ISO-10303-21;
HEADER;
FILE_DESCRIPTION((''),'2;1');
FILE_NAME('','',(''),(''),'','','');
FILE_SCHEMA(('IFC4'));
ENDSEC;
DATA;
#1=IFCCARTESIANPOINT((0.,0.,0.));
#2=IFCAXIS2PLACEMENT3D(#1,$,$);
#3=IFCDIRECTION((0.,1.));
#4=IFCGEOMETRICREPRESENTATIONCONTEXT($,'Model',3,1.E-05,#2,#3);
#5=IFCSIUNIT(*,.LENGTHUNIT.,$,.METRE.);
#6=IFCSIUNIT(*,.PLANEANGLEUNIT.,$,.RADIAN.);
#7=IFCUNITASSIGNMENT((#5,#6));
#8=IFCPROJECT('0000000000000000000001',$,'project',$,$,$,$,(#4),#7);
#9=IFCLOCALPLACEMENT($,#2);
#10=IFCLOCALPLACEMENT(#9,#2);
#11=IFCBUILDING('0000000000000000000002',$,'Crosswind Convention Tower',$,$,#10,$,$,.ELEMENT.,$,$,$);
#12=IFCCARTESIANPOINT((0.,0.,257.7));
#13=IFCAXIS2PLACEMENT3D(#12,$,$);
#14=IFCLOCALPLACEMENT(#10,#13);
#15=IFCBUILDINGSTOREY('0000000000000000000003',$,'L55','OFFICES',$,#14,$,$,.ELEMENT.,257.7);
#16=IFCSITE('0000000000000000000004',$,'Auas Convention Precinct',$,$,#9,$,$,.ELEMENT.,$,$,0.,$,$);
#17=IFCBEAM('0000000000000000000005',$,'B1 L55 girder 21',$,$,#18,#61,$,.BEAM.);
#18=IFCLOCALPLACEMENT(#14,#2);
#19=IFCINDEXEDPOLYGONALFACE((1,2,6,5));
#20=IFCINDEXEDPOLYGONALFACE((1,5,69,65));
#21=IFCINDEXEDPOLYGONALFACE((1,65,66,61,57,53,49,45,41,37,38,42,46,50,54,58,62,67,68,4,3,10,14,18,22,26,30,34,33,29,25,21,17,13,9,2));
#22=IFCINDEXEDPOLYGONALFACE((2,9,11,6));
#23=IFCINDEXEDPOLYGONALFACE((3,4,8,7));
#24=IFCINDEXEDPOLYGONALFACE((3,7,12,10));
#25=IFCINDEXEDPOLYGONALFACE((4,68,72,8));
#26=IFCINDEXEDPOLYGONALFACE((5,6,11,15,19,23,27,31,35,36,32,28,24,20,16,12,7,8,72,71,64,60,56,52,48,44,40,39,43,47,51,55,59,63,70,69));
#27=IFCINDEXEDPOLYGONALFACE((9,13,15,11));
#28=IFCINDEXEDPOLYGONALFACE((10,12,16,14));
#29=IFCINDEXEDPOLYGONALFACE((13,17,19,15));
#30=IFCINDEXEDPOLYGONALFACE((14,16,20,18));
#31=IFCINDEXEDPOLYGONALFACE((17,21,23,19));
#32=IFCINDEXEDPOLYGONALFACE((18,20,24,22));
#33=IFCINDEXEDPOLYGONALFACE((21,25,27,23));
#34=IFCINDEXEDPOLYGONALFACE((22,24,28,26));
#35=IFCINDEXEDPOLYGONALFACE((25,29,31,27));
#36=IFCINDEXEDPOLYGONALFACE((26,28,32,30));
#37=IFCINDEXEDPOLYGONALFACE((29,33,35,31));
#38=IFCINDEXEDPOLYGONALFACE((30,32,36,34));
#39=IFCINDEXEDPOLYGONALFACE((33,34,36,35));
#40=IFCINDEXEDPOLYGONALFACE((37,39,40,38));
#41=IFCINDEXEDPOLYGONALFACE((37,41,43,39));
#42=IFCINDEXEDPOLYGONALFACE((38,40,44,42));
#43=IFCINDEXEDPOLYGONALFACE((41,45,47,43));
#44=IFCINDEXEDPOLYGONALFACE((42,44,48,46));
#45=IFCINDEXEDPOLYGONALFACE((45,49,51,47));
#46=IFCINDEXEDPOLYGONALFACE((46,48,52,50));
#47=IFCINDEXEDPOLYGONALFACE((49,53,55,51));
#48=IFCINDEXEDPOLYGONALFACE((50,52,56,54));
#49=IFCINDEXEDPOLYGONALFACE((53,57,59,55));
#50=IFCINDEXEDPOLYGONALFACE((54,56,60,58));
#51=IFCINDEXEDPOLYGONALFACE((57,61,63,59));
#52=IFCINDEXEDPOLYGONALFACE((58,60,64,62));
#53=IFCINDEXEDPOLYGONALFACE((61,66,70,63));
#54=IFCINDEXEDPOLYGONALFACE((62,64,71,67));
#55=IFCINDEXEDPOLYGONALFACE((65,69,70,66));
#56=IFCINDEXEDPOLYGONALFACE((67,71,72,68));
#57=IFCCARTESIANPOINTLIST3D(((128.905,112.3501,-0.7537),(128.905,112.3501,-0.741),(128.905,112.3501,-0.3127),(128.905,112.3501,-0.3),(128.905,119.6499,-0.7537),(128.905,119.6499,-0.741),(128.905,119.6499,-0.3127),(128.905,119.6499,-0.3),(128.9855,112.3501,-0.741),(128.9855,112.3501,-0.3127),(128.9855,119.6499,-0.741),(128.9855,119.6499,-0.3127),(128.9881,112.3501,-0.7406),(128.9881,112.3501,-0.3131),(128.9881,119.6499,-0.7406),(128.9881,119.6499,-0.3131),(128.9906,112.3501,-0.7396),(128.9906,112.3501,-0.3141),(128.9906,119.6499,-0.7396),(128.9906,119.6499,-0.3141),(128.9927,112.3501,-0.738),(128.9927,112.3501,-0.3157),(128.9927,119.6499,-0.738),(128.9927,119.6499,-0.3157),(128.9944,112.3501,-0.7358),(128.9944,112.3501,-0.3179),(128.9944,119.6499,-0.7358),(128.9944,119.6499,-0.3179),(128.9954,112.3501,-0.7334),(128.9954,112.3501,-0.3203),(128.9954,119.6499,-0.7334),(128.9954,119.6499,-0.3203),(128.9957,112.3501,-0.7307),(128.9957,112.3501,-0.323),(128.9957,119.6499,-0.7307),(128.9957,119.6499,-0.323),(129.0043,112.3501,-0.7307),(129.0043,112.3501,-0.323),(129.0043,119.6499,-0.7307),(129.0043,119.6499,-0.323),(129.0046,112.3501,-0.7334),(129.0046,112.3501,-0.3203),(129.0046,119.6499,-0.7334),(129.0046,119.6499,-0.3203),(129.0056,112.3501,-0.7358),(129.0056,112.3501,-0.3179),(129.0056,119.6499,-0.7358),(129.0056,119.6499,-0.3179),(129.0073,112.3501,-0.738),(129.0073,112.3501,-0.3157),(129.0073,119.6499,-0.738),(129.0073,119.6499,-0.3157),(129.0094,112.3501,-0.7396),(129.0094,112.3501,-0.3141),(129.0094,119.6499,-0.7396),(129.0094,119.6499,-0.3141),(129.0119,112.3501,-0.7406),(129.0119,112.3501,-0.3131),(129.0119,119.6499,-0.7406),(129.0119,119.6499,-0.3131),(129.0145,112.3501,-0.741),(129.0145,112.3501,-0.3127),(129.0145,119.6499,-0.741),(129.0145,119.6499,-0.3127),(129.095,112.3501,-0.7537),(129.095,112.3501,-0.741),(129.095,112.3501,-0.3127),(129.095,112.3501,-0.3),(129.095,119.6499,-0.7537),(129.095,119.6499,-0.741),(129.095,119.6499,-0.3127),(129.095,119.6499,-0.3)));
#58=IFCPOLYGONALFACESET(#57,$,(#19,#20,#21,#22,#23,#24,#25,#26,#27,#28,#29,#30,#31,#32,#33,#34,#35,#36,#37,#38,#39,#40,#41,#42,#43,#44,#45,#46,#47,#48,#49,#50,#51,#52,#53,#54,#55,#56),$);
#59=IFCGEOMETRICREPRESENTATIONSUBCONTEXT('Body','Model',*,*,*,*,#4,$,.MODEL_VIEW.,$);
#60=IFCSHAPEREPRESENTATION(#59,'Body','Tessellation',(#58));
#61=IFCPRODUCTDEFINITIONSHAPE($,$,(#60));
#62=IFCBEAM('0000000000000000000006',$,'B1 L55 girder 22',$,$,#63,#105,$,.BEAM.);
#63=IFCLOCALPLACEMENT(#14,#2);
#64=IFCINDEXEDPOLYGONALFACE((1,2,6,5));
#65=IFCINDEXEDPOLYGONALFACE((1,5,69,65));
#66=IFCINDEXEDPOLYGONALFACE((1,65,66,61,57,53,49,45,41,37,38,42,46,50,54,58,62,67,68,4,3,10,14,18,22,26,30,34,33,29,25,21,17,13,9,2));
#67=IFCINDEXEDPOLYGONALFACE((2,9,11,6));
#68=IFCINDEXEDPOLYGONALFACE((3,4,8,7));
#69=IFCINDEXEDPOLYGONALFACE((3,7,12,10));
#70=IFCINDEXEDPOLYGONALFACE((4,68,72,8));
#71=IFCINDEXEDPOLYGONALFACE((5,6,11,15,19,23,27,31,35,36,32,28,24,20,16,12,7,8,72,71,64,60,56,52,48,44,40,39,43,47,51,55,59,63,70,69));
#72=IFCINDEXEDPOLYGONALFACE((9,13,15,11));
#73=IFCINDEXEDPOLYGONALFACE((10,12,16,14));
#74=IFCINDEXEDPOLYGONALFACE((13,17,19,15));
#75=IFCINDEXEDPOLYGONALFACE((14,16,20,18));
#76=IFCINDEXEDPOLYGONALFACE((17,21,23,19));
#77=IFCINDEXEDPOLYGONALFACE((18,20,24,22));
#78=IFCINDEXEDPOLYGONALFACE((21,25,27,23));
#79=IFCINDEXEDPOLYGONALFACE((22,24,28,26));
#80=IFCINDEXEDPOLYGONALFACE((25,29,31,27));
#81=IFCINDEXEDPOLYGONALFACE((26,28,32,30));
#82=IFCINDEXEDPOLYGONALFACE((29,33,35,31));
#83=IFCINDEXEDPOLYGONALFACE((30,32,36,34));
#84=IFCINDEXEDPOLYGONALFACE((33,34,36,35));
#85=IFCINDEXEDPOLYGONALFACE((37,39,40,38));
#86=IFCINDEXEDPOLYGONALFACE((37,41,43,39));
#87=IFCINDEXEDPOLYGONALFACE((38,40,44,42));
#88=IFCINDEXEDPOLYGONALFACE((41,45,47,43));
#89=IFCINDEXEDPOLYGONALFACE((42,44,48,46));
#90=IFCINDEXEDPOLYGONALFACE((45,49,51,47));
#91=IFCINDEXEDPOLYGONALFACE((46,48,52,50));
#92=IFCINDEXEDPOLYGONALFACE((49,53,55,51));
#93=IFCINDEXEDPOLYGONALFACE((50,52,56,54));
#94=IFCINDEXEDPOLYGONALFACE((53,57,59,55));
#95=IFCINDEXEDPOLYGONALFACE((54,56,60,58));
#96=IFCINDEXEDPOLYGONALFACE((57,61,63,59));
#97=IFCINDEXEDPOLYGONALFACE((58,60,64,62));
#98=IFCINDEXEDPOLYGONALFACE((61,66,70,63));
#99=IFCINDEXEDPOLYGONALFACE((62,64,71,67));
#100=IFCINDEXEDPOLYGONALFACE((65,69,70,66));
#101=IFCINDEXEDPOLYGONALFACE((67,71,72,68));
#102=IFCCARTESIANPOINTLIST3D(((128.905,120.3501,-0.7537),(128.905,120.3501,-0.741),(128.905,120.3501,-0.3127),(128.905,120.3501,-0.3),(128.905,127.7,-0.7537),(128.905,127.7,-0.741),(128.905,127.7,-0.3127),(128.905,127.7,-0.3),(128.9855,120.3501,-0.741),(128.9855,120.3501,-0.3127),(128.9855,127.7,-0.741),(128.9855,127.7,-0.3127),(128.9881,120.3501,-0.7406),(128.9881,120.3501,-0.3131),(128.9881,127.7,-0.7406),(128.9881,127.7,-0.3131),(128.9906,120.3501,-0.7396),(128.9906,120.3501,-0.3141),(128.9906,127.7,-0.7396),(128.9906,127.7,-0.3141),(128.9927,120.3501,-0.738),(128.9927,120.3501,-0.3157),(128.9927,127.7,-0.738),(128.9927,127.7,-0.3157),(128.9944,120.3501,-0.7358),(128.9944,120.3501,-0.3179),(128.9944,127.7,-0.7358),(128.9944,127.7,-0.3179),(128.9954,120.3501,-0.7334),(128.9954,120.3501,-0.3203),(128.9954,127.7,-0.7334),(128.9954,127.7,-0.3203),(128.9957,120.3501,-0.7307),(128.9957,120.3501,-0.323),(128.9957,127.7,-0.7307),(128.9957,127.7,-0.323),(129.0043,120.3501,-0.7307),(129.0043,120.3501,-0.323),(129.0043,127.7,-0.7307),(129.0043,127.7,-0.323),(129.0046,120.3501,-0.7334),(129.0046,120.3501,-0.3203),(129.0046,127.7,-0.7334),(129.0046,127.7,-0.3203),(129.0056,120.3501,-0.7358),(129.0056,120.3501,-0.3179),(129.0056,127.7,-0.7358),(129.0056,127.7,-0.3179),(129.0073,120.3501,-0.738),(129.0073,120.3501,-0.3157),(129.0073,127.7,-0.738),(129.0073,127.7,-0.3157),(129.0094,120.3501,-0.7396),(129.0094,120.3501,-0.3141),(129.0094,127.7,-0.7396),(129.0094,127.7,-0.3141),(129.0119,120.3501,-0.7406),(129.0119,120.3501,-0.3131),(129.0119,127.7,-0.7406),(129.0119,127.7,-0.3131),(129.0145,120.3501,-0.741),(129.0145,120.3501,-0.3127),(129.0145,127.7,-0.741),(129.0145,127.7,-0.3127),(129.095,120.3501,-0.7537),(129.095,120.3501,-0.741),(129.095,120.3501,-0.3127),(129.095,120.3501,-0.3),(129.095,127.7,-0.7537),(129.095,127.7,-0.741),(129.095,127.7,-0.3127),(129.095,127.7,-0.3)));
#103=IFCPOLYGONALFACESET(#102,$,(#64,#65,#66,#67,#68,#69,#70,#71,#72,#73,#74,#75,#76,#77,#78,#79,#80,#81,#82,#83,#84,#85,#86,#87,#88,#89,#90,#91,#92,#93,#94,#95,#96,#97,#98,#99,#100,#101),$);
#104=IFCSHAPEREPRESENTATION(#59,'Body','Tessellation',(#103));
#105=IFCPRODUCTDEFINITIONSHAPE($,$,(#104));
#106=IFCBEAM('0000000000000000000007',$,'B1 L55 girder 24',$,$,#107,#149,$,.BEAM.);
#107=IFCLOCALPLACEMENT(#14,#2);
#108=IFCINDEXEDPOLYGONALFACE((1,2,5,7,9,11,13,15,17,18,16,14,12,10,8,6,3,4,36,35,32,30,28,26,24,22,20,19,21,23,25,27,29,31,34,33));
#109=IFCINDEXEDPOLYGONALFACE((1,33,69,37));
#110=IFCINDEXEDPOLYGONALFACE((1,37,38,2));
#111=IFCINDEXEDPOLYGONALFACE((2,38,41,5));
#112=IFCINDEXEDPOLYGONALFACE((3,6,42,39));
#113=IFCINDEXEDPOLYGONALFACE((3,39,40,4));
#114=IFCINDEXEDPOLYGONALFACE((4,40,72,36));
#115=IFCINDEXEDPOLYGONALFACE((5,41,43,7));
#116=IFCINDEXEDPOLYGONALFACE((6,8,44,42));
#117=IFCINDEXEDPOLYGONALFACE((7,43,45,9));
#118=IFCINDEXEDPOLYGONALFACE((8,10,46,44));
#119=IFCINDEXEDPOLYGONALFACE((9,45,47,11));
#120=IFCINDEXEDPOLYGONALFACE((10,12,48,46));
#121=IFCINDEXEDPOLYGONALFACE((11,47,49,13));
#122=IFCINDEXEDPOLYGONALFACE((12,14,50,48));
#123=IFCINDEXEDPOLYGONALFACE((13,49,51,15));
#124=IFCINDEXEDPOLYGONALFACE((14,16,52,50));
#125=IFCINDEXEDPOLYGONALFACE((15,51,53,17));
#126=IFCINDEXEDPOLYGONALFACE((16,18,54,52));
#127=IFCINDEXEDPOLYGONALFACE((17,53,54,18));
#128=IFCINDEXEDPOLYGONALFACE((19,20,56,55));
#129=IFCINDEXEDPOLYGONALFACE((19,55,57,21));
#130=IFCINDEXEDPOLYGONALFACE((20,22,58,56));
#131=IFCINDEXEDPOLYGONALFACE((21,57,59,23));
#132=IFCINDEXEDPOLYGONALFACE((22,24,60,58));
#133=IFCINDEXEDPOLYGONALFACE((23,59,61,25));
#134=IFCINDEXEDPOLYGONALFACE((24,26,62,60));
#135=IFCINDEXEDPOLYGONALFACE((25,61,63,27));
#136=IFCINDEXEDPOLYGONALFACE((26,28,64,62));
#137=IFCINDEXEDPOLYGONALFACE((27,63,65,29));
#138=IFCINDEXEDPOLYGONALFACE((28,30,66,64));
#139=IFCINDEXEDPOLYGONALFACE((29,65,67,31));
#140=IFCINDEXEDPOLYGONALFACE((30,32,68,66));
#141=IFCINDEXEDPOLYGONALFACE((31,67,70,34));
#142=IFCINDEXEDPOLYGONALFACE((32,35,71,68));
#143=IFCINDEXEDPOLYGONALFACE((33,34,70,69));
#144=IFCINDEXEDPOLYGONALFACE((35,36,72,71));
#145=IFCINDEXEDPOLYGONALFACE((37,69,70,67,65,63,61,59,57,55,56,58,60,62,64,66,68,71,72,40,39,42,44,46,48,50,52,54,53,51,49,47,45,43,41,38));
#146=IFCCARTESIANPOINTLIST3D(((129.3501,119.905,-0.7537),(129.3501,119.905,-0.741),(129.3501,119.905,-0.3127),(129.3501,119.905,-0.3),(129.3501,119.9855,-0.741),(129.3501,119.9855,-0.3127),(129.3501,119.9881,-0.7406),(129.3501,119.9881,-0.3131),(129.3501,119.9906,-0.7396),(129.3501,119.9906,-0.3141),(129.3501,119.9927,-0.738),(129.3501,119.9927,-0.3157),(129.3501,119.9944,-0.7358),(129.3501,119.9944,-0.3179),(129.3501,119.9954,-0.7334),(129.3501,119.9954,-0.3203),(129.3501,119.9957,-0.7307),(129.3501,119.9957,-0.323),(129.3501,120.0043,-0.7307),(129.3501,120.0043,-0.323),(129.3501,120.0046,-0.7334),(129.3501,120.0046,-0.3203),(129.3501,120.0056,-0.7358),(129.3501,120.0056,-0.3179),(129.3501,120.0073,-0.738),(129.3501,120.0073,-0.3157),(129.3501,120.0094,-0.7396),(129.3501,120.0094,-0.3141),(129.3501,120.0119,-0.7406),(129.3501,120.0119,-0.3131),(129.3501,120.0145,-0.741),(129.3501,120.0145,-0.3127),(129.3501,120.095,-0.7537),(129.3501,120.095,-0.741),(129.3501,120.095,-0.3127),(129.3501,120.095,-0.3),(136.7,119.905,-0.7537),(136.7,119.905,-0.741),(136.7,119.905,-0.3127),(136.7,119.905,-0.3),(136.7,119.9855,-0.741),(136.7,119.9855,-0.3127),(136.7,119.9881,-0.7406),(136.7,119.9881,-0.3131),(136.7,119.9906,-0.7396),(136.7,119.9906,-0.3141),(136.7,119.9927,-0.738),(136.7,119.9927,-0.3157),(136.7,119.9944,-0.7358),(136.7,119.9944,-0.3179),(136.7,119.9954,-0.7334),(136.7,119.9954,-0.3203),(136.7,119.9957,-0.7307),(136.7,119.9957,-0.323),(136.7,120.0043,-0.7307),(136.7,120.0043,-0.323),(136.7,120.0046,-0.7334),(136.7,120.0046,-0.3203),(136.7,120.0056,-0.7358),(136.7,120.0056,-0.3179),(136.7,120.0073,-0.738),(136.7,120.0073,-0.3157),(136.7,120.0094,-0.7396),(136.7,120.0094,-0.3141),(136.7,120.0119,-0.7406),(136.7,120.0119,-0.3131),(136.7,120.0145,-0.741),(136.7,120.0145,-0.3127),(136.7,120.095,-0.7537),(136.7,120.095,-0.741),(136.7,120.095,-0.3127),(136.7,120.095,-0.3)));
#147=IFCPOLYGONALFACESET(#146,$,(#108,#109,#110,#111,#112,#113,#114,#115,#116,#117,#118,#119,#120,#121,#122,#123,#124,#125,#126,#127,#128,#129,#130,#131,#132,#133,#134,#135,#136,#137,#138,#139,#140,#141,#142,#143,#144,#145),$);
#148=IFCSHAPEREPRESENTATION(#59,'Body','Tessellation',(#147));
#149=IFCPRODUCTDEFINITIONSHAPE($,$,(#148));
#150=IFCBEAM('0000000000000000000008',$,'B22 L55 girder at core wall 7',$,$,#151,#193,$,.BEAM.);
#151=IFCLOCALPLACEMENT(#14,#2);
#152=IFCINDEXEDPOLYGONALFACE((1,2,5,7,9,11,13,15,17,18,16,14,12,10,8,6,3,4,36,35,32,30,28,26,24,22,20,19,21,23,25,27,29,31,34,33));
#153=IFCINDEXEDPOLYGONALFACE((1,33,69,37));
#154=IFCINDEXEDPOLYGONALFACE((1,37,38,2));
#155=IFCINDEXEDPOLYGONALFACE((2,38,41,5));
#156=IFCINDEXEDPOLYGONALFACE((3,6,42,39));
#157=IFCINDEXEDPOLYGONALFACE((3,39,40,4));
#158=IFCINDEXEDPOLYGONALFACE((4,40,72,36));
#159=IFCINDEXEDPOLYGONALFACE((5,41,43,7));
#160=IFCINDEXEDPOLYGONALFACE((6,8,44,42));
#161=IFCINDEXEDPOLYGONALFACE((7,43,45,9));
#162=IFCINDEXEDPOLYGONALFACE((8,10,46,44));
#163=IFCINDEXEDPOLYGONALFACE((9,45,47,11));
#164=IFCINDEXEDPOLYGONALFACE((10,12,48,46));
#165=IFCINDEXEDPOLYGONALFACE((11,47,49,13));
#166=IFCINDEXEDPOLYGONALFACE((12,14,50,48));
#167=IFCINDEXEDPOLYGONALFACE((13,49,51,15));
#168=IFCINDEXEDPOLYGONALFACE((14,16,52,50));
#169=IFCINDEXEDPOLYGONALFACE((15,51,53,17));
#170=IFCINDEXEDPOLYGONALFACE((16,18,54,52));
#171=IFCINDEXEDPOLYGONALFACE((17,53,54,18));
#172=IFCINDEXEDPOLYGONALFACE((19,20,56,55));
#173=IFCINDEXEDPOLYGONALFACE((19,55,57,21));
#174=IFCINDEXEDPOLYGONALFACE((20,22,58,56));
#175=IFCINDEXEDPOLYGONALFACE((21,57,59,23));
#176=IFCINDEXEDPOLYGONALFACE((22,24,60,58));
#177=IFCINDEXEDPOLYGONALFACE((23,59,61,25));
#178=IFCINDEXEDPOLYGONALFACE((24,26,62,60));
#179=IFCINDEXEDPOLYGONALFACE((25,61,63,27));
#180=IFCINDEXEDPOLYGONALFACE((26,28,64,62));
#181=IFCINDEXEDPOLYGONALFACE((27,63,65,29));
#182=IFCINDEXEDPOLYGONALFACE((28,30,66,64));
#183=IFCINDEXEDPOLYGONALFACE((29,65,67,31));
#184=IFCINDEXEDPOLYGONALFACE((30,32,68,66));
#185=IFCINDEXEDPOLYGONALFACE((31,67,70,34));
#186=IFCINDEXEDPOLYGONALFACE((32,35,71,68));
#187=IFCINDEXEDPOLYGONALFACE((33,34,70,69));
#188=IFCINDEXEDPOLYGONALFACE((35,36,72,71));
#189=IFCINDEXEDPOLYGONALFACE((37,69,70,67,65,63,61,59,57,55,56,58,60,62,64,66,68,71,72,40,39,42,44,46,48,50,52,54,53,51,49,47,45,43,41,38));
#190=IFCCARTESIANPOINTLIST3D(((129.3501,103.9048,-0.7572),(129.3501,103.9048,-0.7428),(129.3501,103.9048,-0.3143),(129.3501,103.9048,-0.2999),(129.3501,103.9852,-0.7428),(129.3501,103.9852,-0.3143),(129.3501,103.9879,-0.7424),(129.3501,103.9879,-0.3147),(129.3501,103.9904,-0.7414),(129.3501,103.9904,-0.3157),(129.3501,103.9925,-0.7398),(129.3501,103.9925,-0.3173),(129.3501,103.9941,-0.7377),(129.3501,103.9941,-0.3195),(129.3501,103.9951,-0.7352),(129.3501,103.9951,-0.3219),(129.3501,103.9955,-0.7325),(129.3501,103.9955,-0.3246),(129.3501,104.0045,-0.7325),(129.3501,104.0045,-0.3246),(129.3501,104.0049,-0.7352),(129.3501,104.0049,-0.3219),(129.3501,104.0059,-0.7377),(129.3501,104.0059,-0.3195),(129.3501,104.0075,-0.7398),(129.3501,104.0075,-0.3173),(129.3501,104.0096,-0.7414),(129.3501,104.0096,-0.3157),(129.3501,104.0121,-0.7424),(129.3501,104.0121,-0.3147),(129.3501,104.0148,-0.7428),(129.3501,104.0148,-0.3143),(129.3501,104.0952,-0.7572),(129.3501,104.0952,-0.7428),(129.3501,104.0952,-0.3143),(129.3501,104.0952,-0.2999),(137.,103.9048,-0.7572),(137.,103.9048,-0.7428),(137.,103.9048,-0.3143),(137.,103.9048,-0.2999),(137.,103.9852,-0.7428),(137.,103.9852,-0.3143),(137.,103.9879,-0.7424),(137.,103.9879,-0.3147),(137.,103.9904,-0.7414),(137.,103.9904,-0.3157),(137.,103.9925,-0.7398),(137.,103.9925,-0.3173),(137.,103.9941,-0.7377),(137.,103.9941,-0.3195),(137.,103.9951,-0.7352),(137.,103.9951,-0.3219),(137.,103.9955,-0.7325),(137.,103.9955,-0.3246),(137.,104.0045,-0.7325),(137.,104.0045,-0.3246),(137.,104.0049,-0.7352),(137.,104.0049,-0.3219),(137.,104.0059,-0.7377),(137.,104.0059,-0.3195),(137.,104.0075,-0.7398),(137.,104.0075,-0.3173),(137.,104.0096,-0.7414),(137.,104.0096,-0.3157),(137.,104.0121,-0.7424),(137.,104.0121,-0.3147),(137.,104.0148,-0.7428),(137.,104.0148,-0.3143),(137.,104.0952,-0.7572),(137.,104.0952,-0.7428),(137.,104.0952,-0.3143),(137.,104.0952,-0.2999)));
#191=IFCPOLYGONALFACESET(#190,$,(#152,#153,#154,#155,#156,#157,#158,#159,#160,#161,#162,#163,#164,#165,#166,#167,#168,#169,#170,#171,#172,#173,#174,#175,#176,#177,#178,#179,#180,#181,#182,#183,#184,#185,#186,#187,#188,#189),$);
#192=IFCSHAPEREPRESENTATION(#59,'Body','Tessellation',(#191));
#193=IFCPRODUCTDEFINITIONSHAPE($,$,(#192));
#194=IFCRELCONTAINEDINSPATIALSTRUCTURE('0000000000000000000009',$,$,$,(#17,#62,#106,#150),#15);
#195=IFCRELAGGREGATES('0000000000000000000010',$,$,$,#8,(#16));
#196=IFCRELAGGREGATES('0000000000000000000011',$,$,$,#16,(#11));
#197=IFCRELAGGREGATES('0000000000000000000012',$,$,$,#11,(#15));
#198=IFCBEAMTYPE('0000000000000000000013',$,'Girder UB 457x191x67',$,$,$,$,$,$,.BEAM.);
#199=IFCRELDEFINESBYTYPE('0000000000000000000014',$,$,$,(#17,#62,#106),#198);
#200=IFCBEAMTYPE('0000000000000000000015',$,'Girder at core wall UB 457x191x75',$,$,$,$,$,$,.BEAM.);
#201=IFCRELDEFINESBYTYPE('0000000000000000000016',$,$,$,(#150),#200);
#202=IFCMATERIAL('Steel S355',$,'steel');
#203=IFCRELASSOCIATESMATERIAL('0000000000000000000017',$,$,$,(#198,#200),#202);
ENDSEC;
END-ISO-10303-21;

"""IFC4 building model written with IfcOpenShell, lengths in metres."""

from ifc_helpers import new_model, si_unit, direction, frame, origin, origin_2d, place, context, subcontext, project, spatial, i_section, extrude, material, material_profile, profile_set, type_object, element, save


model = new_model("IFC4")

# Units and contexts
model_context = context("Model", 3, precision=1e-05, world=origin(), true_north=direction((0.0, 1.0)))
body_context = subcontext(model_context, "Body", "Model", "MODEL_VIEW")
ifc_project = project(units=[si_unit("LENGTHUNIT", "METRE"), si_unit("PLANEANGLEUNIT", "RADIAN")], contexts=[model_context])

# Site, building, storey
site_placement = place(None, origin())
site = spatial("IfcSite", under=ifc_project, at=site_placement, Name="Auas Convention Precinct", CompositionType="ELEMENT", RefElevation=0.0)
building_placement = place(site_placement, origin())
building = spatial("IfcBuilding", under=site, at=building_placement, Name="Crosswind Convention Tower", CompositionType="ELEMENT")
storey_placement = place(building_placement, frame((0.0, 0.0, 257.7)))
storey = spatial("IfcBuildingStorey", under=building, at=storey_placement, Name="L55", Description="OFFICES", CompositionType="ELEMENT", Elevation=257.7)

# Beams
ifc_material_1 = material(Name="Steel S355", Category="steel")
ifc_material_profile_1 = material_profile(ifc_material_1, i_section(OverallWidth=0.1899, OverallDepth=0.4536, WebThickness=0.0085, FlangeThickness=0.0127, FilletRadius=0.0103, at=origin_2d()), Name="UB 457x191x67")
ifc_profile_set_1 = profile_set([ifc_material_profile_1], Name="Steel S355")
beam_type_1 = type_object("IfcBeamType", Name="Girder UB 457x191x67", PredefinedType="BEAM", material=ifc_profile_set_1)
for number, where, z_axis, x_axis, name in (
    (1, (129.0, 112.3501, -0.5269), (0.0, 1.0, 0.0), (-1.0, 0.0, 0.0), "B1 L55 girder 21"),
):
    element("IfcBeam", number, at=place(storey_placement, frame(where, z_axis=z_axis, x_axis=x_axis)), inside=storey, type_object=beam_type_1, Name=name, PredefinedType="BEAM", context=body_context, shape_type="SweptSolid", body=[
        extrude(i_section(OverallWidth=0.1899, OverallDepth=0.4536, WebThickness=0.0085, FlangeThickness=0.0127, FilletRadius=0.0103, at=origin_2d()), origin(), (0.0, 0.0, 1.0), 7.2998),
    ])
for number, where, z_axis, x_axis, name in (
    (2, (129.0, 120.3501, -0.5269), (0.0, 1.0, 0.0), (-1.0, 0.0, 0.0), "B1 L55 girder 22"),
    (3, (129.3501, 120.0, -0.5269), (1.0, 0.0, 0.0), (0.0, 1.0, 0.0), "B1 L55 girder 24"),
):
    element("IfcBeam", number, at=place(storey_placement, frame(where, z_axis=z_axis, x_axis=x_axis)), inside=storey, type_object=beam_type_1, Name=name, PredefinedType="BEAM", context=body_context, shape_type="SweptSolid", body=[
        extrude(i_section(OverallWidth=0.1899, OverallDepth=0.4536, WebThickness=0.0085, FlangeThickness=0.0127, FilletRadius=0.0103, at=origin_2d()), origin(), (0.0, 0.0, 1.0), 7.3499),
    ])
ifc_material_profile_2 = material_profile(ifc_material_1, i_section(OverallWidth=0.1904, OverallDepth=0.4573, WebThickness=0.009, FlangeThickness=0.0144, FilletRadius=0.0103, at=origin_2d()), Name="UB 457x191x75")
ifc_profile_set_2 = profile_set([ifc_material_profile_2], Name="Steel S355")
beam_type_2 = type_object("IfcBeamType", Name="Girder at core wall UB 457x191x75", PredefinedType="BEAM", material=ifc_profile_set_2)
for number, where, z_axis, x_axis, name in (
    (4, (129.3501, 104.0, -0.5286), (1.0, 0.0, 0.0), (0.0, 1.0, 0.0), "B22 L55 girder at core wall 7"),
):
    element("IfcBeam", number, at=place(storey_placement, frame(where, z_axis=z_axis, x_axis=x_axis)), inside=storey, type_object=beam_type_2, Name=name, PredefinedType="BEAM", context=body_context, shape_type="SweptSolid", body=[
        extrude(i_section(OverallWidth=0.1904, OverallDepth=0.4573, WebThickness=0.009, FlangeThickness=0.0144, FilletRadius=0.0103, at=origin_2d()), origin(), (0.0, 0.0, 1.0), 7.6499),
    ])

save(model, "model.ifc")
